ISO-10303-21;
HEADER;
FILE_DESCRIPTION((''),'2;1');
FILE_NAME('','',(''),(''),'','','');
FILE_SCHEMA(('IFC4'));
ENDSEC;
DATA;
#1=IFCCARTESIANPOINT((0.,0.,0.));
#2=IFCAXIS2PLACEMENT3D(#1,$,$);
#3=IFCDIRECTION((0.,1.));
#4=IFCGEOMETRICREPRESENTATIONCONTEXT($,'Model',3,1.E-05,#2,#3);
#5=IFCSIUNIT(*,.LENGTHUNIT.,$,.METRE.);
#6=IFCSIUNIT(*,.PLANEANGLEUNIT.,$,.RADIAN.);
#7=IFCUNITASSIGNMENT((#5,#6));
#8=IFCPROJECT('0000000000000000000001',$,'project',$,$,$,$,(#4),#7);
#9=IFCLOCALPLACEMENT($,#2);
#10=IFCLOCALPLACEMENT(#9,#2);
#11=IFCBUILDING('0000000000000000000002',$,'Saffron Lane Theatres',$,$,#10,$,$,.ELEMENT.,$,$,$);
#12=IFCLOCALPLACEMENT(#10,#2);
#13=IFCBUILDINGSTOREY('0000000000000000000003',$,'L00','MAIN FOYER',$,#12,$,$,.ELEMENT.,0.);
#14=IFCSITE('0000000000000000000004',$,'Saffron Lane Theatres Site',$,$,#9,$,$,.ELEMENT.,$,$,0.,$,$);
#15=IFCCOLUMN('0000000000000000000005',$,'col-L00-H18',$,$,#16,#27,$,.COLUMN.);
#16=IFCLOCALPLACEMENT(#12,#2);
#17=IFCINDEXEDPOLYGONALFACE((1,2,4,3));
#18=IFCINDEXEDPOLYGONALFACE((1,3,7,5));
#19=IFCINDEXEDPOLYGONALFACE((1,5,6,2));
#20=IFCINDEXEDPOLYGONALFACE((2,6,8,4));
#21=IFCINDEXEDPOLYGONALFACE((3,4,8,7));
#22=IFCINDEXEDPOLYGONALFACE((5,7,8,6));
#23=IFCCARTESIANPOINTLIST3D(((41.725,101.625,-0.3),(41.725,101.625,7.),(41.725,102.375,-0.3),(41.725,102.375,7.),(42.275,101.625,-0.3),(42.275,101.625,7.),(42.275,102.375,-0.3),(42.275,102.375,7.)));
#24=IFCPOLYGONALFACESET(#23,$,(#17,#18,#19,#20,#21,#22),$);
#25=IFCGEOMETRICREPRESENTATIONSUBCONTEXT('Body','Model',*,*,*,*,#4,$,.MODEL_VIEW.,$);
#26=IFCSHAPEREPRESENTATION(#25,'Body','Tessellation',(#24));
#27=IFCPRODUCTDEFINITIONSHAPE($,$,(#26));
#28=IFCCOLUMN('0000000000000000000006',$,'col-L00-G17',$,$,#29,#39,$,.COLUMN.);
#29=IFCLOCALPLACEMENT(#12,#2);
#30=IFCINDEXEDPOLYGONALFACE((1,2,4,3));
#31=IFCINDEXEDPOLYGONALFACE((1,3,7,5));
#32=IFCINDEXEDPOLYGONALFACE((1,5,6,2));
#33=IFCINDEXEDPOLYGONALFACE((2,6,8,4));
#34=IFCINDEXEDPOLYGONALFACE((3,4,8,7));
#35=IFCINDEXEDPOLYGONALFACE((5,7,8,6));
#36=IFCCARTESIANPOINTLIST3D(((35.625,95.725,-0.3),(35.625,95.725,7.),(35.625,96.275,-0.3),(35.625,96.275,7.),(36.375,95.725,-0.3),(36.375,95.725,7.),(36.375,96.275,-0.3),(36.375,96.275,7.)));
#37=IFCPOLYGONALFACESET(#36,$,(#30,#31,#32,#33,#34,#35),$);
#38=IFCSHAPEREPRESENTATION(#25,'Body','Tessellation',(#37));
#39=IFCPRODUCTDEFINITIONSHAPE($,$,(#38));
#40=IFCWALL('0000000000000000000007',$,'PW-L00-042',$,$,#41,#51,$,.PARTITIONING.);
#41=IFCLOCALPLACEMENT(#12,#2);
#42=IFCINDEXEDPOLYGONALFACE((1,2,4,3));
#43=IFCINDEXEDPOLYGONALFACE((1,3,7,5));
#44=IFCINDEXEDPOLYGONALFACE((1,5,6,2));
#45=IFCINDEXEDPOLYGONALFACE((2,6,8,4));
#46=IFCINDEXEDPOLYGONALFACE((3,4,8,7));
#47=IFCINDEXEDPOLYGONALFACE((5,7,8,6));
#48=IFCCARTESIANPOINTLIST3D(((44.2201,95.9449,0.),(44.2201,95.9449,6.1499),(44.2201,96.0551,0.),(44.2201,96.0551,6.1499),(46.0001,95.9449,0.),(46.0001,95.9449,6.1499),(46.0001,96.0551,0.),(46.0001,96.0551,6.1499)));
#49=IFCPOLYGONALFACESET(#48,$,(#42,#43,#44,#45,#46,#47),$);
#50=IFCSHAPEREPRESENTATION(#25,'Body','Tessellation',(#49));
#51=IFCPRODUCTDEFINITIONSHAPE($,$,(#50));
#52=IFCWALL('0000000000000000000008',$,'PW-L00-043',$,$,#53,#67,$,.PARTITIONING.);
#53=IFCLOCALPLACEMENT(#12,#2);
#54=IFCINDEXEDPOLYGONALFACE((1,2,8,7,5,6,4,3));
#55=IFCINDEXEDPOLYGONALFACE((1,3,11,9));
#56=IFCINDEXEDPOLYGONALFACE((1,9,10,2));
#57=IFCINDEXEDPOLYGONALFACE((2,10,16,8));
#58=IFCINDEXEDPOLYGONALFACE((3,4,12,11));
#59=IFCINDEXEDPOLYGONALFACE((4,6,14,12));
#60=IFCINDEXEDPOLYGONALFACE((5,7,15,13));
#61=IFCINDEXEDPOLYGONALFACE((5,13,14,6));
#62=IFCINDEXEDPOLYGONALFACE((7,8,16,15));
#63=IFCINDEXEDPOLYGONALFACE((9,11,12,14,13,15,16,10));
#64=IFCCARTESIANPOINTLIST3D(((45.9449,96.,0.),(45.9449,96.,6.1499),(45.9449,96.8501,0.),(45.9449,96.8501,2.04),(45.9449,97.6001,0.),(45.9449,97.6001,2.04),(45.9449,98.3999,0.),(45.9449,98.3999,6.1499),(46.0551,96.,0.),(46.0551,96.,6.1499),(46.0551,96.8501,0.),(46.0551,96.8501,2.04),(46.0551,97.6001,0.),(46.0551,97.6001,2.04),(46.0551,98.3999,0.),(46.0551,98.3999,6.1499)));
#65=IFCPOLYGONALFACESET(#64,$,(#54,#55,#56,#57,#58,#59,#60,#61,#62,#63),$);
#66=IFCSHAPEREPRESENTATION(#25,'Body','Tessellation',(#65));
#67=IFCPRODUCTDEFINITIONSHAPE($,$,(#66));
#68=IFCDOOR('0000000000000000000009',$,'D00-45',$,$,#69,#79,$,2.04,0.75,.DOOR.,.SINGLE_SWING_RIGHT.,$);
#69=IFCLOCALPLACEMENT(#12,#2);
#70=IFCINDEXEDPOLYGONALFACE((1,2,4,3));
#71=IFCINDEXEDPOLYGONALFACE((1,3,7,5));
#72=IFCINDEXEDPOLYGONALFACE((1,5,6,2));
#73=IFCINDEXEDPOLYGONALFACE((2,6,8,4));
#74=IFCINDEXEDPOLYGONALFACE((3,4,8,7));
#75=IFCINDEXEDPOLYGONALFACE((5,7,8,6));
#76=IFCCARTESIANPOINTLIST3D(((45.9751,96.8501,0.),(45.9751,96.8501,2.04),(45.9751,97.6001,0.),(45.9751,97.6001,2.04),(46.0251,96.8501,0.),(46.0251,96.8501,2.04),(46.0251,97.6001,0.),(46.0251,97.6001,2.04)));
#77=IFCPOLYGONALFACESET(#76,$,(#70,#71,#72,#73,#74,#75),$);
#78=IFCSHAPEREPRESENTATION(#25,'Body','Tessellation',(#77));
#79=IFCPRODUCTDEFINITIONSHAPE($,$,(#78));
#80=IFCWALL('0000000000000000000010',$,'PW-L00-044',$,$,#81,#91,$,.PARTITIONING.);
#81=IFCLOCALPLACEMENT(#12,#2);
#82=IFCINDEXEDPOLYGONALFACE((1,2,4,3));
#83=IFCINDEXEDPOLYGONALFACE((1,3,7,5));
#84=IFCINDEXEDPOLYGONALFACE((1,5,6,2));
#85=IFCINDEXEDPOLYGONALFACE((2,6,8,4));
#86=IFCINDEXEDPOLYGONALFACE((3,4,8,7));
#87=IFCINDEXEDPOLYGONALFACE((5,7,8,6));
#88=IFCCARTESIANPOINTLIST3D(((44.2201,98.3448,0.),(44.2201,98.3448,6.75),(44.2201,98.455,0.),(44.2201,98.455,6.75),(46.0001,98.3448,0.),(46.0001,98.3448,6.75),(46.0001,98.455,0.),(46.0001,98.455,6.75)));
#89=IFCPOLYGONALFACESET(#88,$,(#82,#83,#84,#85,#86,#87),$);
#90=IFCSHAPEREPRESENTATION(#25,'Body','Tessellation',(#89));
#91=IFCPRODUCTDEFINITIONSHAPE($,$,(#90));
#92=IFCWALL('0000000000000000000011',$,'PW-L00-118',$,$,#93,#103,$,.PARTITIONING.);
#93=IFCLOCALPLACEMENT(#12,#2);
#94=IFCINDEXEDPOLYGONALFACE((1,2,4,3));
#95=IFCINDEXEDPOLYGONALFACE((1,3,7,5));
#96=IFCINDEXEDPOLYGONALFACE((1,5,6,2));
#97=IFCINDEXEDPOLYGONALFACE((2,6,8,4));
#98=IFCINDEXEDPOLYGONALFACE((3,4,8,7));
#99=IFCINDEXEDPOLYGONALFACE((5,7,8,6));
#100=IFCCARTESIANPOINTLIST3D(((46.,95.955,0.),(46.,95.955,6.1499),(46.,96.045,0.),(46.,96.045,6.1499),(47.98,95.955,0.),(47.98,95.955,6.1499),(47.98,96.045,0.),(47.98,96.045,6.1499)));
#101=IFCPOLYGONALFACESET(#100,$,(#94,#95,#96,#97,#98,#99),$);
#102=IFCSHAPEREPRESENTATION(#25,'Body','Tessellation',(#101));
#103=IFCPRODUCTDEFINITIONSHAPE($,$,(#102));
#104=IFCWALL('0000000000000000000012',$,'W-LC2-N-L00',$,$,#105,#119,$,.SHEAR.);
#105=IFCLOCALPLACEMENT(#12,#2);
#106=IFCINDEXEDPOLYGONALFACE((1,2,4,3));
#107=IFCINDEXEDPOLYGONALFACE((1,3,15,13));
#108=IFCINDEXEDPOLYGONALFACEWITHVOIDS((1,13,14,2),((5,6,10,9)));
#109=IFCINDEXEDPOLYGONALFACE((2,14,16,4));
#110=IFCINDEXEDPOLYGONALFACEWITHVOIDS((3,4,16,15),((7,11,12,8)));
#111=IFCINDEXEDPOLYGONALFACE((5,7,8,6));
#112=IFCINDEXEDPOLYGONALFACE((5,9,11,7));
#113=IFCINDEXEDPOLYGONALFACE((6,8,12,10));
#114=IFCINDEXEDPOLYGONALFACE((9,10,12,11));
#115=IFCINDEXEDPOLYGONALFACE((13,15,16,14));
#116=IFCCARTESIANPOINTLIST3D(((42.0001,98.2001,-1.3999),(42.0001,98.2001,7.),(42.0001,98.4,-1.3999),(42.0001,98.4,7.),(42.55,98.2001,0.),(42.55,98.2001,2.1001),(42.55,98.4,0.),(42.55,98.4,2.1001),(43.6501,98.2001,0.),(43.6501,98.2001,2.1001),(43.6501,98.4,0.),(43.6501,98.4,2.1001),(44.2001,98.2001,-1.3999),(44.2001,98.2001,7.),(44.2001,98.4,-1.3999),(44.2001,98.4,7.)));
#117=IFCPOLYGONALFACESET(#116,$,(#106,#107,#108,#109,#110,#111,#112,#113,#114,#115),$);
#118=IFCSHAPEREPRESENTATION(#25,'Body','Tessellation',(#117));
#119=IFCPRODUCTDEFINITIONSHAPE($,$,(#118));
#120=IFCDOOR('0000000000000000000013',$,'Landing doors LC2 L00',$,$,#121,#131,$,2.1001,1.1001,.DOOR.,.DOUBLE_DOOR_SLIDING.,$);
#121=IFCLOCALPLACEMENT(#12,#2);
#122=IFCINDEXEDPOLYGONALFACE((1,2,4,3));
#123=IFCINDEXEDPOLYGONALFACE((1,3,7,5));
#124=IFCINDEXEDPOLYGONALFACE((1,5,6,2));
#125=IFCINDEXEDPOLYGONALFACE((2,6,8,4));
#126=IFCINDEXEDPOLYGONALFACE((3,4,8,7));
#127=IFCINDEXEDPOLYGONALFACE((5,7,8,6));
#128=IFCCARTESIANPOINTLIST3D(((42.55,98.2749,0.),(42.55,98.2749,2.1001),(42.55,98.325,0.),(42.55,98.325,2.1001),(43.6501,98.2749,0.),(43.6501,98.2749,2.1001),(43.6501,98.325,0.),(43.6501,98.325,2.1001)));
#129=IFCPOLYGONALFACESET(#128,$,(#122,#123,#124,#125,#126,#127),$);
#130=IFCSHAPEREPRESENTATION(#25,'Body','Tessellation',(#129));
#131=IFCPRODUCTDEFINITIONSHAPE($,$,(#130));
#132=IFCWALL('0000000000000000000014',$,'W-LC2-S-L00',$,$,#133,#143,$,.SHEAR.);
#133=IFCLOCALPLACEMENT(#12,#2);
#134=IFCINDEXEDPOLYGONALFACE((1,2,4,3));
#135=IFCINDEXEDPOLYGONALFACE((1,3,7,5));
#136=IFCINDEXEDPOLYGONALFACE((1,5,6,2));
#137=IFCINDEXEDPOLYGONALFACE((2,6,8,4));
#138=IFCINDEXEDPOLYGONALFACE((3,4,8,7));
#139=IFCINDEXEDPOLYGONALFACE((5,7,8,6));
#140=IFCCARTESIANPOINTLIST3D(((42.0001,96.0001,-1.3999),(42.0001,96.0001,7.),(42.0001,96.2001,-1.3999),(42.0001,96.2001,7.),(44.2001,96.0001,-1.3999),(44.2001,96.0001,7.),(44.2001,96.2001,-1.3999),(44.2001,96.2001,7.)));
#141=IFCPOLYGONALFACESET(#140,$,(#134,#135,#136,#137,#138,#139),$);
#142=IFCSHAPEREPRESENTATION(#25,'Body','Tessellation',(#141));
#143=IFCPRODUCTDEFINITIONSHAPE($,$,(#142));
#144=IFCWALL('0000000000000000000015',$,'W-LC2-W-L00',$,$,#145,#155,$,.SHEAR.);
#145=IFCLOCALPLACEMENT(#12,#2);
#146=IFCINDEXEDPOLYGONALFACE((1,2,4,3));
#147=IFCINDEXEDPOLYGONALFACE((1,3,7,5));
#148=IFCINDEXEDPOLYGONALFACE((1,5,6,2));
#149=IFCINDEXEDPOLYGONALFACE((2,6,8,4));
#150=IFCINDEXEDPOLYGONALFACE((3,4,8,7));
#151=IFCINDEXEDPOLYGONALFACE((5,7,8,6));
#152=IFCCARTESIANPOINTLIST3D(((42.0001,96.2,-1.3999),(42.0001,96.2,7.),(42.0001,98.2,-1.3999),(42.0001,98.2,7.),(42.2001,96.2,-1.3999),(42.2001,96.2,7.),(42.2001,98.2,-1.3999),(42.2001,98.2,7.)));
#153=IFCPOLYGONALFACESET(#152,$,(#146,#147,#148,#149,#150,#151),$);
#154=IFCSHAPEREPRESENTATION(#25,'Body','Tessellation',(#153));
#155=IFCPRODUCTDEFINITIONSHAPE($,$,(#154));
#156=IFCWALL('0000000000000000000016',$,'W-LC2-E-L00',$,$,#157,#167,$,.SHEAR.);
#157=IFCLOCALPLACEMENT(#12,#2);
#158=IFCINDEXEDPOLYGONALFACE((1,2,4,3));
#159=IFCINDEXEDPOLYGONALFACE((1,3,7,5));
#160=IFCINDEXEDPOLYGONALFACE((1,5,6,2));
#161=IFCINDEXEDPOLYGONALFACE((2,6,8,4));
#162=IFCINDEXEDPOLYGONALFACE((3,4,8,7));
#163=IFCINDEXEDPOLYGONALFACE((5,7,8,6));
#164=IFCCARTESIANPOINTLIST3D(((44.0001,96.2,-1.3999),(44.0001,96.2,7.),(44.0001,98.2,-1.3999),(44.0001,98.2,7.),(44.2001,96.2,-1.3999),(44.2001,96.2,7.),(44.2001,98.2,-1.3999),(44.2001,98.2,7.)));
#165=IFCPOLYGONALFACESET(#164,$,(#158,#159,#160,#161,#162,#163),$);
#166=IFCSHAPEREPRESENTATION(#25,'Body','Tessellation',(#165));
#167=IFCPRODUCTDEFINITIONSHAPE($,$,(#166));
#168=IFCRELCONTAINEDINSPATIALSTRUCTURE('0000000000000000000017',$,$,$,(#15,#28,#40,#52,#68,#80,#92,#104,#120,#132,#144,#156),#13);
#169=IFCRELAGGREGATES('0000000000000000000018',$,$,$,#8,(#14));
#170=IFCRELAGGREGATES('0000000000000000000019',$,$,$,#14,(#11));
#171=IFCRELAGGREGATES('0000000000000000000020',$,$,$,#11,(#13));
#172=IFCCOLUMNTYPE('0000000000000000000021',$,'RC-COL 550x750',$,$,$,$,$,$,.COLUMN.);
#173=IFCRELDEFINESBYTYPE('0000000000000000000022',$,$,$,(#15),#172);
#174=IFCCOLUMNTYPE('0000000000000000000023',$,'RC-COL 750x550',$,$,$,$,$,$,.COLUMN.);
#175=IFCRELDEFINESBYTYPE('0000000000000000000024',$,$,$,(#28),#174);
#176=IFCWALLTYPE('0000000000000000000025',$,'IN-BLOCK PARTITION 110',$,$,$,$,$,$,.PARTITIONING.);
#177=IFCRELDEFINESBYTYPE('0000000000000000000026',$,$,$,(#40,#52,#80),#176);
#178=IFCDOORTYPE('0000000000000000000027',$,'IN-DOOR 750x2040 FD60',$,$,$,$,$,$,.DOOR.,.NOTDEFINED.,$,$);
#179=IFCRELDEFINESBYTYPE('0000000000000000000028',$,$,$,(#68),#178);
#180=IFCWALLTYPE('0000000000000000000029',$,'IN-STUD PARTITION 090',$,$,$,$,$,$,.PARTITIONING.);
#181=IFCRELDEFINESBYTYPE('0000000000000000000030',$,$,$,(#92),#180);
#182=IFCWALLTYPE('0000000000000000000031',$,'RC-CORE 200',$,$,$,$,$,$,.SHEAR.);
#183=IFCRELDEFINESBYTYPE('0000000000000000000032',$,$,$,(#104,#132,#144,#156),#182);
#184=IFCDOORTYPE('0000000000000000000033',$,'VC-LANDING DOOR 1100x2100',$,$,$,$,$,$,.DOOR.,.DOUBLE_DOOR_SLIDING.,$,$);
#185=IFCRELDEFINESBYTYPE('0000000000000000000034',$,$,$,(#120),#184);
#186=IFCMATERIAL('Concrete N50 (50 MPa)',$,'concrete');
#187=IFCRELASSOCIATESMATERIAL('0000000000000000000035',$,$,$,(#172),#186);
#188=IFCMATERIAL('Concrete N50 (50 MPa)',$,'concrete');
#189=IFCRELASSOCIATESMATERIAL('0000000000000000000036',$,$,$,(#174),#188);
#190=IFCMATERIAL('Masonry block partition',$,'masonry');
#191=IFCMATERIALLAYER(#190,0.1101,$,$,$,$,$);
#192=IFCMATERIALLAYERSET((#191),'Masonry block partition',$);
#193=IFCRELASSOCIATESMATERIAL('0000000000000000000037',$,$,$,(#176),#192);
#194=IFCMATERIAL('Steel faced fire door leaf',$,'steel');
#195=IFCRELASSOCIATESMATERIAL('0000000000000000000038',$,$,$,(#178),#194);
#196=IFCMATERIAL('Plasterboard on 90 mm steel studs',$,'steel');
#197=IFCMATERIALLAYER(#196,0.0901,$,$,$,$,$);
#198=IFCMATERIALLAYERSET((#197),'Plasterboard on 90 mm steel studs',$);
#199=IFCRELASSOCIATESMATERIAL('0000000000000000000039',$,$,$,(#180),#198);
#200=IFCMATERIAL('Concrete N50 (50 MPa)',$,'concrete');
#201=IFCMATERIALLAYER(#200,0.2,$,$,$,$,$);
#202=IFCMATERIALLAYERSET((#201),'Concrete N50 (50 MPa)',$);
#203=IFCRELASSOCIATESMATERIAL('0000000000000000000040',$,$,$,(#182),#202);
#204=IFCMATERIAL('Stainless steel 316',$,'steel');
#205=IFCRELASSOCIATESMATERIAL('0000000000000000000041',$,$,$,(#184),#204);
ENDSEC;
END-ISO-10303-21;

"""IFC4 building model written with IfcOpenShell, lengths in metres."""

from ifc_helpers import new_model, si_unit, direction, frame, frame_2d, origin, origin_2d, place, context, subcontext, project, spatial, rectangle, extrude, material, layer, layer_set, material_profile, profile_set, type_object, element, fill, save


model = new_model("IFC4")

# Units and contexts
model_context = context("Model", 3, precision=1e-05, world=origin(), true_north=direction((0.0, 1.0)))
body_context = subcontext(model_context, "Body", "Model", "MODEL_VIEW")
ifc_project = project(units=[si_unit("LENGTHUNIT", "METRE"), si_unit("PLANEANGLEUNIT", "RADIAN")], contexts=[model_context])

# Site, building, storey
site_placement = place(None, origin())
site = spatial("IfcSite", under=ifc_project, at=site_placement, Name="Saffron Lane Theatres Site", CompositionType="ELEMENT", RefElevation=0.0)
building_placement = place(site_placement, origin())
building = spatial("IfcBuilding", under=site, at=building_placement, Name="Saffron Lane Theatres", CompositionType="ELEMENT")
storey_placement = place(building_placement, origin())
storey = spatial("IfcBuildingStorey", under=building, at=storey_placement, Name="L00", Description="MAIN FOYER", CompositionType="ELEMENT", Elevation=0.0)

# Columns
ifc_material_1 = material(Name="Concrete N50 (50 MPa)", Category="concrete")
ifc_material_profile_1 = material_profile(ifc_material_1, rectangle(XDim=0.55, YDim=0.75, at=origin_2d()))
ifc_profile_set_1 = profile_set([ifc_material_profile_1], Name="Concrete N50 (50 MPa)")
column_type_1 = type_object("IfcColumnType", Name="RC-COL 550x750", PredefinedType="COLUMN", material=ifc_profile_set_1)
column_1_placement = place(storey_placement, frame((42.0, 102.0, -0.3), z_axis=(0.0, 0.0, 1.0), x_axis=(1.0, 0.0, 0.0)))
element("IfcColumn", 1, at=column_1_placement, inside=storey, type_object=column_type_1, Name="col-L00-H18", PredefinedType="COLUMN", context=body_context, shape_type="SweptSolid", body=[
    extrude(rectangle(XDim=0.55, YDim=0.75, at=origin_2d()), origin(), (0.0, 0.0, 1.0), 7.3),
])
ifc_material_2 = material(Name="Concrete N50 (50 MPa)", Category="concrete")
ifc_material_profile_2 = material_profile(ifc_material_2, rectangle(XDim=0.75, YDim=0.55, at=origin_2d()))
ifc_profile_set_2 = profile_set([ifc_material_profile_2], Name="Concrete N50 (50 MPa)")
column_type_2 = type_object("IfcColumnType", Name="RC-COL 750x550", PredefinedType="COLUMN", material=ifc_profile_set_2)
column_2_placement = place(storey_placement, frame((36.0, 96.0, -0.3), z_axis=(0.0, 0.0, 1.0), x_axis=(1.0, 0.0, 0.0)))
element("IfcColumn", 2, at=column_2_placement, inside=storey, type_object=column_type_2, Name="col-L00-G17", PredefinedType="COLUMN", context=body_context, shape_type="SweptSolid", body=[
    extrude(rectangle(XDim=0.75, YDim=0.55, at=origin_2d()), origin(), (0.0, 0.0, 1.0), 7.3),
])

# Wall
ifc_material_3 = material(Name="Masonry block partition", Category="masonry")
ifc_layer_1 = layer(ifc_material_3, 0.1101)
ifc_layer_set_1 = layer_set([ifc_layer_1], Name="Masonry block partition")
wall_type_1 = type_object("IfcWallType", Name="IN-BLOCK PARTITION 110", PredefinedType="PARTITIONING", material=ifc_layer_set_1)
wall_1_placement = place(storey_placement, frame((44.22, 96.0, 0.0), z_axis=(0.0, 0.0, 1.0), x_axis=(1.0, 0.0, 0.0)))
element("IfcWall", 3, at=wall_1_placement, inside=storey, type_object=wall_type_1, Name="PW-L00-042", PredefinedType="PARTITIONING", context=body_context, shape_type="SweptSolid", body=[
    extrude(rectangle(XDim=1.78, YDim=0.1101, at=frame_2d((0.8901, 0.0))), origin(), (0.0, 0.0, 1.0), 6.1499),
])

# Wall, opening, door
wall_2_placement = place(storey_placement, frame((46.0, 96.0, 0.0), z_axis=(0.0, 0.0, 1.0), x_axis=(0.0, 1.0, 0.0)))
wall_2 = element("IfcWall", 4, at=wall_2_placement, inside=storey, type_object=wall_type_1, Name="PW-L00-043", PredefinedType="PARTITIONING", context=body_context, shape_type="SweptSolid", body=[
    extrude(rectangle(XDim=2.3999, YDim=0.1101, at=frame_2d((1.2, 0.0))), origin(), (0.0, 0.0, 1.0), 6.1499),
])
opening_1_placement = place(wall_2_placement, frame((0.8501, 0.0, 0.0)))
opening_1 = element("IfcOpeningElement", 5, at=opening_1_placement, cuts=wall_2, PredefinedType="OPENING", context=body_context, shape_type="SweptSolid", body=[
    extrude(rectangle(XDim=0.75, YDim=2.04, at=frame_2d((0.375, 1.02))), frame((0.0, 0.0649, 0.0), z_axis=(0.0, -1.0, 0.0), x_axis=(1.0, 0.0, 0.0)), (0.0, 0.0, 1.0), 0.1301),
])
ifc_material_4 = material(Name="Steel faced fire door leaf", Category="steel")
door_type_1 = type_object("IfcDoorType", Name="IN-DOOR 750x2040 FD60", OperationType="NOTDEFINED", PredefinedType="DOOR", material=ifc_material_4)
door_1_placement = place(opening_1_placement, origin())
door_1 = element("IfcDoor", 6, at=door_1_placement, inside=storey, type_object=door_type_1, Name="D00-45", OperationType="SINGLE_SWING_RIGHT", OverallHeight=2.04, OverallWidth=0.75, PredefinedType="DOOR", context=body_context, shape_type="SweptSolid", body=[
    extrude(rectangle(XDim=0.75, YDim=2.04, at=frame_2d((0.375, 1.02))), frame((0.0, 0.0249, 0.0), z_axis=(0.0, -1.0, 0.0), x_axis=(1.0, 0.0, 0.0)), (0.0, 0.0, 1.0), 0.05),
])
fill(opening_1, door_1)

# Walls
wall_3_placement = place(storey_placement, frame((44.22, 98.3999, 0.0), z_axis=(0.0, 0.0, 1.0), x_axis=(1.0, 0.0, 0.0)))
element("IfcWall", 7, at=wall_3_placement, inside=storey, type_object=wall_type_1, Name="PW-L00-044", PredefinedType="PARTITIONING", context=body_context, shape_type="SweptSolid", body=[
    extrude(rectangle(XDim=1.78, YDim=0.1101, at=frame_2d((0.8901, 0.0))), origin(), (0.0, 0.0, 1.0), 6.75),
])
ifc_material_5 = material(Name="Plasterboard on 90 mm steel studs", Category="steel")
ifc_layer_2 = layer(ifc_material_5, 0.0901)
ifc_layer_set_2 = layer_set([ifc_layer_2], Name="Plasterboard on 90 mm steel studs")
wall_type_2 = type_object("IfcWallType", Name="IN-STUD PARTITION 090", PredefinedType="PARTITIONING", material=ifc_layer_set_2)
wall_4_placement = place(storey_placement, frame((46.0, 96.0, 0.0), z_axis=(0.0, 0.0, 1.0), x_axis=(1.0, 0.0, 0.0)))
element("IfcWall", 8, at=wall_4_placement, inside=storey, type_object=wall_type_2, Name="PW-L00-118", PredefinedType="PARTITIONING", context=body_context, shape_type="SweptSolid", body=[
    extrude(rectangle(XDim=1.98, YDim=0.0901, at=frame_2d((0.99, 0.0))), origin(), (0.0, 0.0, 1.0), 6.1499),
])

# Wall, opening, door
ifc_material_6 = material(Name="Concrete N50 (50 MPa)", Category="concrete")
ifc_layer_3 = layer(ifc_material_6, 0.2)
ifc_layer_set_3 = layer_set([ifc_layer_3], Name="Concrete N50 (50 MPa)")
wall_type_3 = type_object("IfcWallType", Name="RC-CORE 200", PredefinedType="SHEAR", material=ifc_layer_set_3)
wall_5_placement = place(storey_placement, frame((42.0, 98.3, -1.3999), z_axis=(0.0, 0.0, 1.0), x_axis=(1.0, 0.0, 0.0)))
wall_5 = element("IfcWall", 9, at=wall_5_placement, inside=storey, type_object=wall_type_3, Name="W-LC2-N-L00", PredefinedType="SHEAR", context=body_context, shape_type="SweptSolid", body=[
    extrude(rectangle(XDim=2.2, YDim=0.2, at=frame_2d((1.1001, 0.0))), origin(), (0.0, 0.0, 1.0), 8.3999),
])
opening_2_placement = place(wall_5_placement, frame((0.55, 0.0, 1.3999)))
opening_2 = element("IfcOpeningElement", 10, at=opening_2_placement, cuts=wall_5, PredefinedType="OPENING", context=body_context, shape_type="SweptSolid", body=[
    extrude(rectangle(XDim=1.1001, YDim=2.1001, at=frame_2d((0.55, 1.05))), frame((0.0, 0.1099, 0.0), z_axis=(0.0, -1.0, 0.0), x_axis=(1.0, 0.0, 0.0)), (0.0, 0.0, 1.0), 0.22),
])
ifc_material_7 = material(Name="Stainless steel 316", Category="steel")
door_type_2 = type_object("IfcDoorType", Name="VC-LANDING DOOR 1100x2100", OperationType="DOUBLE_DOOR_SLIDING", PredefinedType="DOOR", material=ifc_material_7)
door_2_placement = place(opening_2_placement, origin())
door_2 = element("IfcDoor", 11, at=door_2_placement, inside=storey, type_object=door_type_2, Name="Landing doors LC2 L00", OperationType="DOUBLE_DOOR_SLIDING", OverallHeight=2.1001, OverallWidth=1.1001, PredefinedType="DOOR", context=body_context, shape_type="SweptSolid", body=[
    extrude(rectangle(XDim=1.1001, YDim=2.1001, at=frame_2d((0.55, 1.05))), frame((0.0, 0.0249, 0.0), z_axis=(0.0, -1.0, 0.0), x_axis=(1.0, 0.0, 0.0)), (0.0, 0.0, 1.0), 0.05),
])
fill(opening_2, door_2)

# Walls
wall_6_placement = place(storey_placement, frame((42.0, 96.1001, -1.3999), z_axis=(0.0, 0.0, 1.0), x_axis=(1.0, 0.0, 0.0)))
element("IfcWall", 12, at=wall_6_placement, inside=storey, type_object=wall_type_3, Name="W-LC2-S-L00", PredefinedType="SHEAR", context=body_context, shape_type="SweptSolid", body=[
    extrude(rectangle(XDim=2.2, YDim=0.2, at=frame_2d((1.1001, 0.0))), origin(), (0.0, 0.0, 1.0), 8.3999),
])
for number, where, z_axis, x_axis, name in (
    (13, (42.1001, 96.2, -1.3999), (0.0, 0.0, 1.0), (0.0, 1.0, 0.0), "W-LC2-W-L00"),
    (14, (44.1001, 96.2, -1.3999), (0.0, 0.0, 1.0), (0.0, 1.0, 0.0), "W-LC2-E-L00"),
):
    element("IfcWall", number, at=place(storey_placement, frame(where, z_axis=z_axis, x_axis=x_axis)), inside=storey, type_object=wall_type_3, Name=name, PredefinedType="SHEAR", context=body_context, shape_type="SweptSolid", body=[
        extrude(rectangle(XDim=2.0, YDim=0.2, at=frame_2d((1.0, 0.0))), origin(), (0.0, 0.0, 1.0), 8.3999),
    ])

save(model, "model.ifc")
